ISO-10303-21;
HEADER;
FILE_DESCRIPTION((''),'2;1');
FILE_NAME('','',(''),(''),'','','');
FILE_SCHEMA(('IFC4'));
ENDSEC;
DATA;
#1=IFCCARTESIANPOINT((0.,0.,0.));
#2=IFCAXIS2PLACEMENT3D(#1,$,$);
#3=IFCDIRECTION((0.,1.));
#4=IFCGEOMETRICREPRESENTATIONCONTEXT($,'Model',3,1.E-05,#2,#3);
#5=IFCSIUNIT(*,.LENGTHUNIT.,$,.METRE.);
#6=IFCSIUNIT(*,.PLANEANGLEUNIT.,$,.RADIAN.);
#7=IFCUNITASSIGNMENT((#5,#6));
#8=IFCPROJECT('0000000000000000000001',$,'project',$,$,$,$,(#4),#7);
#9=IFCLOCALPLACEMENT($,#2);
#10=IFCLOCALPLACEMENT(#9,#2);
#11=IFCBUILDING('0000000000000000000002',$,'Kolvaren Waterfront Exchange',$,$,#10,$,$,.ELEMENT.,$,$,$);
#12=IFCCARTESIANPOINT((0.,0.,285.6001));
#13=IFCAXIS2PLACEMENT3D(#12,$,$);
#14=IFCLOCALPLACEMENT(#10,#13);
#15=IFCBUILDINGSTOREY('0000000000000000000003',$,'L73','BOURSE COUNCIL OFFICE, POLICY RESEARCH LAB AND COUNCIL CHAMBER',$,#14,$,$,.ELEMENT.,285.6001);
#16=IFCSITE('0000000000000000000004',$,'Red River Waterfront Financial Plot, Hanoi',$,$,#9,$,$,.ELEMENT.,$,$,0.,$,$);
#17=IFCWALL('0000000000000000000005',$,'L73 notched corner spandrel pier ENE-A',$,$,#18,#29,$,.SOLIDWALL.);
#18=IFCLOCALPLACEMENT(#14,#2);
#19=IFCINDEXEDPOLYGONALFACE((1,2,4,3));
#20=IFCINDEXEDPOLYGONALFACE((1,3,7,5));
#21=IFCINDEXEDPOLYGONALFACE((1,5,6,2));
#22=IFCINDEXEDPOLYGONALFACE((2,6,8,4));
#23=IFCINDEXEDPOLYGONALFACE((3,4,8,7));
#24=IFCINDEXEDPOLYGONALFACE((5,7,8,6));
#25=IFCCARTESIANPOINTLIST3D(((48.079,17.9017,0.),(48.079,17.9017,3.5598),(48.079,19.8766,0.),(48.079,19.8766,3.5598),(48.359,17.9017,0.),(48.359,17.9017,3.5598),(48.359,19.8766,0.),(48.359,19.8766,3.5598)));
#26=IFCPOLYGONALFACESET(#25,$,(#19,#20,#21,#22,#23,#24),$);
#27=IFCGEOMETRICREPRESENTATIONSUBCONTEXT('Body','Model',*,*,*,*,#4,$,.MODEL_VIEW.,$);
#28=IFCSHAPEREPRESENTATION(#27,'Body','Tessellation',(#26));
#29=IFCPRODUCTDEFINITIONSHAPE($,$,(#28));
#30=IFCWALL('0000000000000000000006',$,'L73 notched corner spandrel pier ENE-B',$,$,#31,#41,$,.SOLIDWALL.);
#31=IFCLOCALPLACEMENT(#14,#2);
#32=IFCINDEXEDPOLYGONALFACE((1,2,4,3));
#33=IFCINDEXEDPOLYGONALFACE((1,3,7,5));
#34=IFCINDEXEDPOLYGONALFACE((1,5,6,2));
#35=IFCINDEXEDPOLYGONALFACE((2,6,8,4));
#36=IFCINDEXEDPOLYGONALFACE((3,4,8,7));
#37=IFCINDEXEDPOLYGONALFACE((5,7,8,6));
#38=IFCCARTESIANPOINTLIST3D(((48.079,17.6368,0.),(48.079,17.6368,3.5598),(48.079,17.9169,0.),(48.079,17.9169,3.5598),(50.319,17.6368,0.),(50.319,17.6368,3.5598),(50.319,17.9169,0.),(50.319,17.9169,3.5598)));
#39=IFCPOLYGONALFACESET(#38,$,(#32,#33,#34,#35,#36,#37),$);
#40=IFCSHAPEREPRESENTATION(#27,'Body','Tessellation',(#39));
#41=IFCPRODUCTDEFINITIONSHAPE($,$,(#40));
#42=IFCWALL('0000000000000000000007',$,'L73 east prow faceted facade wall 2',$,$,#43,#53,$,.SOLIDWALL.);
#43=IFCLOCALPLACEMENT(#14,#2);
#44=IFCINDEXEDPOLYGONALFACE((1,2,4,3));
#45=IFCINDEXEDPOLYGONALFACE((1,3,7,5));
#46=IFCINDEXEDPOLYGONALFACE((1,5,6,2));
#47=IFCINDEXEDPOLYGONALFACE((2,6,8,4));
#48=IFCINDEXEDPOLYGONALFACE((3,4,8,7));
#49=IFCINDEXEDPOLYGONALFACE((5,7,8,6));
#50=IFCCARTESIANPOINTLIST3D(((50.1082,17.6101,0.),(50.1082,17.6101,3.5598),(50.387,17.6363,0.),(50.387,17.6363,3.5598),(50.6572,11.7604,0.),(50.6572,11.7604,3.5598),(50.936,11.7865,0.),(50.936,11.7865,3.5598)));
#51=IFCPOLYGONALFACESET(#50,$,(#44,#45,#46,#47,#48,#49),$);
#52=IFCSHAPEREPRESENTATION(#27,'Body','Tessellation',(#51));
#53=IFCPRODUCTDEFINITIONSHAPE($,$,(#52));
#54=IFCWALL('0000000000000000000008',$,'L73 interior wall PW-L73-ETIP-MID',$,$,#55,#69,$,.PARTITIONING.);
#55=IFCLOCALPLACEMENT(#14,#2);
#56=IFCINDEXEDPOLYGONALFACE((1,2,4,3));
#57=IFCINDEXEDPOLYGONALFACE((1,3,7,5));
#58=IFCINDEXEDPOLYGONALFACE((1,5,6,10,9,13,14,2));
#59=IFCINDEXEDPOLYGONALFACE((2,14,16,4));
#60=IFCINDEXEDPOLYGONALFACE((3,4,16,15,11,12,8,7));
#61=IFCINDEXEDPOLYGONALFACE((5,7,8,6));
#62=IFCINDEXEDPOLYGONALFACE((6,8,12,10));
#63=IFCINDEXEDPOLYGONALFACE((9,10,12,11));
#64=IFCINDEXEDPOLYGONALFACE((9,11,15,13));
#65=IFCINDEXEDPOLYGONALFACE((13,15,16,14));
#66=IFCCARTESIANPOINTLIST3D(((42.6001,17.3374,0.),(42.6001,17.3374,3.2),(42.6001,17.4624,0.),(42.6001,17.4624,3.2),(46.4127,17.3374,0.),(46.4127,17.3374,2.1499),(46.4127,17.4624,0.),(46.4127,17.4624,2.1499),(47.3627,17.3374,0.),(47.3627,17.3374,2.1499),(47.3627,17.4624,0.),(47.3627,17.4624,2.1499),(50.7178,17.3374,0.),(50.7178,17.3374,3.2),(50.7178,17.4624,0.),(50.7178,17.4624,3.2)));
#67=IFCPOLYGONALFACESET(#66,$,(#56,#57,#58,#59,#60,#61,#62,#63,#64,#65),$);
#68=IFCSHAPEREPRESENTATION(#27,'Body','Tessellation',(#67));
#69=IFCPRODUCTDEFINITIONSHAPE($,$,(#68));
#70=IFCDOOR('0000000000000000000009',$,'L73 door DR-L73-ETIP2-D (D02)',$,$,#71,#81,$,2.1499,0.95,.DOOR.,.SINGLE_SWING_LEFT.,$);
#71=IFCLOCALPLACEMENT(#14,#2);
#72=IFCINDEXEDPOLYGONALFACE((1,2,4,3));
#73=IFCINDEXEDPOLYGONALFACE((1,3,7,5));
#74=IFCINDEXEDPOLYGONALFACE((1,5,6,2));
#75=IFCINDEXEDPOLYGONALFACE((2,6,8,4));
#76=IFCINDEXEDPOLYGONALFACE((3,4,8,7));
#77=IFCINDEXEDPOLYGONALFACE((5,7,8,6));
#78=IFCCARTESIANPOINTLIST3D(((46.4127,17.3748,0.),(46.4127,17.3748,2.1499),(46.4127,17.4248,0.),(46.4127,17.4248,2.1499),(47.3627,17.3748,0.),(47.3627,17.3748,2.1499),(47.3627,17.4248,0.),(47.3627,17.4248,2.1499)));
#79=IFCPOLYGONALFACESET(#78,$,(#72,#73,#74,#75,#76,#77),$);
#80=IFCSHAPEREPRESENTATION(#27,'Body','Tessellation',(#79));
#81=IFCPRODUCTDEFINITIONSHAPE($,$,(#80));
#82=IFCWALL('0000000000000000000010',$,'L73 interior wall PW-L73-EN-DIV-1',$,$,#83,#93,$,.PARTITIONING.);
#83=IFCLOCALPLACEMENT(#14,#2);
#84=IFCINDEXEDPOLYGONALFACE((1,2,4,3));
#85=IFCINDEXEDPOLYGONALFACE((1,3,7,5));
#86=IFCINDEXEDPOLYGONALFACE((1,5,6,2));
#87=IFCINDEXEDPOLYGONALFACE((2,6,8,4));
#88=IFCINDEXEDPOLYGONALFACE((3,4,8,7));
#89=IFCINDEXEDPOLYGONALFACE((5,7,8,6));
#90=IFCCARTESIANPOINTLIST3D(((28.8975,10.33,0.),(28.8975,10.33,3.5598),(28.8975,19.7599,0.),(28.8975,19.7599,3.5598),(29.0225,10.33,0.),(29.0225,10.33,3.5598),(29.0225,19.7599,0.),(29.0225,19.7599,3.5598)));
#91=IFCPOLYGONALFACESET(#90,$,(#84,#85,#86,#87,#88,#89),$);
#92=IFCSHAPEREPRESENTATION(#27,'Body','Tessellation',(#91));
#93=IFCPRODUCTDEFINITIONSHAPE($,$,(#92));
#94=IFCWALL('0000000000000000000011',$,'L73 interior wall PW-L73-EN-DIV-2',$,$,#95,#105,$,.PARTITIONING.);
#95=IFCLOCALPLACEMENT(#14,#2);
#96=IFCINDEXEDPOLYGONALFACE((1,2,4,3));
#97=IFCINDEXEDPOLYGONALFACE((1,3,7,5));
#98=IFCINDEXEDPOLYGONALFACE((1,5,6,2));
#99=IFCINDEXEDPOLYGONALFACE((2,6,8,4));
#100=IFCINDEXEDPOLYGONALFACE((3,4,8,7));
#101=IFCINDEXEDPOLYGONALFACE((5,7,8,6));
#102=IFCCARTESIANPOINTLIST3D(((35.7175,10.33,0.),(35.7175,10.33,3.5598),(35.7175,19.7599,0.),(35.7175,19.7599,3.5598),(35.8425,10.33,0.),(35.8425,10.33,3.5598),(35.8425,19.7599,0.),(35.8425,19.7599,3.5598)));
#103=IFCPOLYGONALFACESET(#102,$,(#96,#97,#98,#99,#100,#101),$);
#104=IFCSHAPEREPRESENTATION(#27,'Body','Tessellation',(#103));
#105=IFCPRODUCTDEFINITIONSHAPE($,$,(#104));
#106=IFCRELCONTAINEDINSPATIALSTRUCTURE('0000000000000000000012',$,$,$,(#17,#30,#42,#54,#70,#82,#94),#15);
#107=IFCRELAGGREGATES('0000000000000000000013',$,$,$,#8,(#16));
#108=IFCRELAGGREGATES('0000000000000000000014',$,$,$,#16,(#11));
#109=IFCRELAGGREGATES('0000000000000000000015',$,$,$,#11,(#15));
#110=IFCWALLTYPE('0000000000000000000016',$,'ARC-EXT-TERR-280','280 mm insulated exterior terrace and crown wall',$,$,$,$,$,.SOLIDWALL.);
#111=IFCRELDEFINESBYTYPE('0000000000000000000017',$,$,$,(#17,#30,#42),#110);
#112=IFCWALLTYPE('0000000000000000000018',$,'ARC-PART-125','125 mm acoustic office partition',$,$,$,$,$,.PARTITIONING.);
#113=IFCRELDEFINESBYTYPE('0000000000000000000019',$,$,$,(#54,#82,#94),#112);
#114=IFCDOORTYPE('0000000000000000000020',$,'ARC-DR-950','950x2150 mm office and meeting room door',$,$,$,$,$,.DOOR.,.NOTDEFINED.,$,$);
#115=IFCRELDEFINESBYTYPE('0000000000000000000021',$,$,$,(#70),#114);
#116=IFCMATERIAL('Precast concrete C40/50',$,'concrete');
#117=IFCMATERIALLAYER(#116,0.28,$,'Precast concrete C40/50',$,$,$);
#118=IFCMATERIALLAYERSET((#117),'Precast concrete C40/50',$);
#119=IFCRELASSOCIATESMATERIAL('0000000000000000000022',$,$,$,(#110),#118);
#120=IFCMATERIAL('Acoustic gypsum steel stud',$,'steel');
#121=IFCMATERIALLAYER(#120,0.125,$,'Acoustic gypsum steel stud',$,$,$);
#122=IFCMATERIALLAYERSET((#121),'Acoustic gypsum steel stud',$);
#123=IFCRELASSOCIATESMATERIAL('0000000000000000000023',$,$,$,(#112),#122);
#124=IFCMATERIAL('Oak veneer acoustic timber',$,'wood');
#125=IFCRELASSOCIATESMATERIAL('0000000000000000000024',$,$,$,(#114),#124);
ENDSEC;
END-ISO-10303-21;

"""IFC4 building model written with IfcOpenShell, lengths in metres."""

from ifc_helpers import new_model, si_unit, direction, frame, frame_2d, origin, place, context, subcontext, project, spatial, rectangle, extrude, material, layer, layer_set, type_object, element, fill, save


model = new_model("IFC4")

# Units and contexts
model_context = context("Model", 3, precision=1e-05, world=origin(), true_north=direction((0.0, 1.0)))
body_context = subcontext(model_context, "Body", "Model", "MODEL_VIEW")
ifc_project = project(units=[si_unit("LENGTHUNIT", "METRE"), si_unit("PLANEANGLEUNIT", "RADIAN")], contexts=[model_context])

# Site, building, storey
site_placement = place(None, origin())
site = spatial("IfcSite", under=ifc_project, at=site_placement, Name="Red River Waterfront Financial Plot, Hanoi", CompositionType="ELEMENT", RefElevation=0.0)
building_placement = place(site_placement, origin())
building = spatial("IfcBuilding", under=site, at=building_placement, Name="Kolvaren Waterfront Exchange", CompositionType="ELEMENT")
storey_placement = place(building_placement, frame((0.0, 0.0, 285.6001)))
storey = spatial("IfcBuildingStorey", under=building, at=storey_placement, Name="L73", Description="BOURSE COUNCIL OFFICE, POLICY RESEARCH LAB AND COUNCIL CHAMBER", CompositionType="ELEMENT", Elevation=285.6001)

# Walls
ifc_material_1 = material(Name="Precast concrete C40/50", Category="concrete")
ifc_layer_1 = layer(ifc_material_1, 0.28, Name="Precast concrete C40/50")
ifc_layer_set_1 = layer_set([ifc_layer_1], Name="Precast concrete C40/50")
wall_type_1 = type_object("IfcWallType", Name="ARC-EXT-TERR-280", Description="280 mm insulated exterior terrace and crown wall", PredefinedType="SOLIDWALL", material=ifc_layer_set_1)
wall_1_placement = place(storey_placement, frame((48.219, 17.9019, 0.0), z_axis=(0.0, 0.0, 1.0), x_axis=(0.0, 1.0, 0.0)))
element("IfcWall", 1, at=wall_1_placement, inside=storey, type_object=wall_type_1, Name="L73 notched corner spandrel pier ENE-A", PredefinedType="SOLIDWALL", context=body_context, shape_type="SweptSolid", body=[
    extrude(rectangle(XDim=1.9749, YDim=0.28, at=frame_2d((0.9873, 0.0))), origin(), (0.0, 0.0, 1.0), 3.5598),
])
wall_2_placement = place(storey_placement, frame((48.0789, 17.7769, 0.0), z_axis=(0.0, 0.0, 1.0), x_axis=(1.0, 0.0, 0.0)))
element("IfcWall", 2, at=wall_2_placement, inside=storey, type_object=wall_type_1, Name="L73 notched corner spandrel pier ENE-B", PredefinedType="SOLIDWALL", context=body_context, shape_type="SweptSolid", body=[
    extrude(rectangle(XDim=2.24, YDim=0.28, at=frame_2d((1.1201, 0.0))), origin(), (0.0, 0.0, 1.0), 3.5598),
])
wall_3_placement = place(storey_placement, frame((50.7966, 11.7734, 0.0), z_axis=(0.0, 0.0, 1.0), x_axis=(-0.09345, 0.995624, 0.0)))
element("IfcWall", 3, at=wall_3_placement, inside=storey, type_object=wall_type_1, Name="L73 east prow faceted facade wall 2", PredefinedType="SOLIDWALL", context=body_context, shape_type="SweptSolid", body=[
    extrude(rectangle(XDim=5.8755, YDim=0.28, at=frame_2d((2.9377, 0.0))), origin(), (0.0, 0.0, 1.0), 3.5598),
])

# Wall, opening, door
ifc_material_2 = material(Name="Acoustic gypsum steel stud", Category="steel")
ifc_layer_2 = layer(ifc_material_2, 0.125, Name="Acoustic gypsum steel stud")
ifc_layer_set_2 = layer_set([ifc_layer_2], Name="Acoustic gypsum steel stud")
wall_type_2 = type_object("IfcWallType", Name="ARC-PART-125", Description="125 mm acoustic office partition", PredefinedType="PARTITIONING", material=ifc_layer_set_2)
wall_4_placement = place(storey_placement, frame((42.6001, 17.3999, 0.0), z_axis=(0.0, 0.0, 1.0), x_axis=(1.0, 0.0, 0.0)))
wall_4 = element("IfcWall", 4, at=wall_4_placement, inside=storey, type_object=wall_type_2, Name="L73 interior wall PW-L73-ETIP-MID", PredefinedType="PARTITIONING", context=body_context, shape_type="SweptSolid", body=[
    extrude(rectangle(XDim=8.1177, YDim=0.125, at=frame_2d((4.0588, 0.0))), origin(), (0.0, 0.0, 1.0), 3.2),
])
opening_placement = place(wall_4_placement, frame((3.8125, 0.0, 0.0)))
opening = element("IfcOpeningElement", 5, at=opening_placement, cuts=wall_4, PredefinedType="OPENING", context=body_context, shape_type="SweptSolid", body=[
    extrude(rectangle(XDim=0.95, YDim=2.1499, at=frame_2d((0.4751, 1.075))), frame((0.0, 0.0725, 0.0), z_axis=(0.0, -1.0, 0.0), x_axis=(1.0, 0.0, 0.0)), (0.0, 0.0, 1.0), 0.145),
])
ifc_material_3 = material(Name="Oak veneer acoustic timber", Category="wood")
door_type = type_object("IfcDoorType", Name="ARC-DR-950", Description="950x2150 mm office and meeting room door", OperationType="NOTDEFINED", PredefinedType="DOOR", material=ifc_material_3)
door_placement = place(opening_placement, origin())
door = element("IfcDoor", 6, at=door_placement, inside=storey, type_object=door_type, Name="L73 door DR-L73-ETIP2-D (D02)", OperationType="SINGLE_SWING_LEFT", OverallHeight=2.1499, OverallWidth=0.95, PredefinedType="DOOR", context=body_context, shape_type="SweptSolid", body=[
    extrude(rectangle(XDim=0.95, YDim=2.1499, at=frame_2d((0.4751, 1.075))), frame((0.0, 0.0249, 0.0), z_axis=(0.0, -1.0, 0.0), x_axis=(1.0, 0.0, 0.0)), (0.0, 0.0, 1.0), 0.05),
])
fill(opening, door)

# Walls
for number, where, z_axis, x_axis, name in (
    (7, (28.96, 10.3301, 0.0), (0.0, 0.0, 1.0), (0.0, 1.0, 0.0), "L73 interior wall PW-L73-EN-DIV-1"),
    (8, (35.78, 10.3301, 0.0), (0.0, 0.0, 1.0), (0.0, 1.0, 0.0), "L73 interior wall PW-L73-EN-DIV-2"),
):
    element("IfcWall", number, at=place(storey_placement, frame(where, z_axis=z_axis, x_axis=x_axis)), inside=storey, type_object=wall_type_2, Name=name, PredefinedType="PARTITIONING", context=body_context, shape_type="SweptSolid", body=[
        extrude(rectangle(XDim=9.4299, YDim=0.125, at=frame_2d((4.7148, 0.0))), origin(), (0.0, 0.0, 1.0), 3.5598),
    ])

save(model, "model.ifc")
